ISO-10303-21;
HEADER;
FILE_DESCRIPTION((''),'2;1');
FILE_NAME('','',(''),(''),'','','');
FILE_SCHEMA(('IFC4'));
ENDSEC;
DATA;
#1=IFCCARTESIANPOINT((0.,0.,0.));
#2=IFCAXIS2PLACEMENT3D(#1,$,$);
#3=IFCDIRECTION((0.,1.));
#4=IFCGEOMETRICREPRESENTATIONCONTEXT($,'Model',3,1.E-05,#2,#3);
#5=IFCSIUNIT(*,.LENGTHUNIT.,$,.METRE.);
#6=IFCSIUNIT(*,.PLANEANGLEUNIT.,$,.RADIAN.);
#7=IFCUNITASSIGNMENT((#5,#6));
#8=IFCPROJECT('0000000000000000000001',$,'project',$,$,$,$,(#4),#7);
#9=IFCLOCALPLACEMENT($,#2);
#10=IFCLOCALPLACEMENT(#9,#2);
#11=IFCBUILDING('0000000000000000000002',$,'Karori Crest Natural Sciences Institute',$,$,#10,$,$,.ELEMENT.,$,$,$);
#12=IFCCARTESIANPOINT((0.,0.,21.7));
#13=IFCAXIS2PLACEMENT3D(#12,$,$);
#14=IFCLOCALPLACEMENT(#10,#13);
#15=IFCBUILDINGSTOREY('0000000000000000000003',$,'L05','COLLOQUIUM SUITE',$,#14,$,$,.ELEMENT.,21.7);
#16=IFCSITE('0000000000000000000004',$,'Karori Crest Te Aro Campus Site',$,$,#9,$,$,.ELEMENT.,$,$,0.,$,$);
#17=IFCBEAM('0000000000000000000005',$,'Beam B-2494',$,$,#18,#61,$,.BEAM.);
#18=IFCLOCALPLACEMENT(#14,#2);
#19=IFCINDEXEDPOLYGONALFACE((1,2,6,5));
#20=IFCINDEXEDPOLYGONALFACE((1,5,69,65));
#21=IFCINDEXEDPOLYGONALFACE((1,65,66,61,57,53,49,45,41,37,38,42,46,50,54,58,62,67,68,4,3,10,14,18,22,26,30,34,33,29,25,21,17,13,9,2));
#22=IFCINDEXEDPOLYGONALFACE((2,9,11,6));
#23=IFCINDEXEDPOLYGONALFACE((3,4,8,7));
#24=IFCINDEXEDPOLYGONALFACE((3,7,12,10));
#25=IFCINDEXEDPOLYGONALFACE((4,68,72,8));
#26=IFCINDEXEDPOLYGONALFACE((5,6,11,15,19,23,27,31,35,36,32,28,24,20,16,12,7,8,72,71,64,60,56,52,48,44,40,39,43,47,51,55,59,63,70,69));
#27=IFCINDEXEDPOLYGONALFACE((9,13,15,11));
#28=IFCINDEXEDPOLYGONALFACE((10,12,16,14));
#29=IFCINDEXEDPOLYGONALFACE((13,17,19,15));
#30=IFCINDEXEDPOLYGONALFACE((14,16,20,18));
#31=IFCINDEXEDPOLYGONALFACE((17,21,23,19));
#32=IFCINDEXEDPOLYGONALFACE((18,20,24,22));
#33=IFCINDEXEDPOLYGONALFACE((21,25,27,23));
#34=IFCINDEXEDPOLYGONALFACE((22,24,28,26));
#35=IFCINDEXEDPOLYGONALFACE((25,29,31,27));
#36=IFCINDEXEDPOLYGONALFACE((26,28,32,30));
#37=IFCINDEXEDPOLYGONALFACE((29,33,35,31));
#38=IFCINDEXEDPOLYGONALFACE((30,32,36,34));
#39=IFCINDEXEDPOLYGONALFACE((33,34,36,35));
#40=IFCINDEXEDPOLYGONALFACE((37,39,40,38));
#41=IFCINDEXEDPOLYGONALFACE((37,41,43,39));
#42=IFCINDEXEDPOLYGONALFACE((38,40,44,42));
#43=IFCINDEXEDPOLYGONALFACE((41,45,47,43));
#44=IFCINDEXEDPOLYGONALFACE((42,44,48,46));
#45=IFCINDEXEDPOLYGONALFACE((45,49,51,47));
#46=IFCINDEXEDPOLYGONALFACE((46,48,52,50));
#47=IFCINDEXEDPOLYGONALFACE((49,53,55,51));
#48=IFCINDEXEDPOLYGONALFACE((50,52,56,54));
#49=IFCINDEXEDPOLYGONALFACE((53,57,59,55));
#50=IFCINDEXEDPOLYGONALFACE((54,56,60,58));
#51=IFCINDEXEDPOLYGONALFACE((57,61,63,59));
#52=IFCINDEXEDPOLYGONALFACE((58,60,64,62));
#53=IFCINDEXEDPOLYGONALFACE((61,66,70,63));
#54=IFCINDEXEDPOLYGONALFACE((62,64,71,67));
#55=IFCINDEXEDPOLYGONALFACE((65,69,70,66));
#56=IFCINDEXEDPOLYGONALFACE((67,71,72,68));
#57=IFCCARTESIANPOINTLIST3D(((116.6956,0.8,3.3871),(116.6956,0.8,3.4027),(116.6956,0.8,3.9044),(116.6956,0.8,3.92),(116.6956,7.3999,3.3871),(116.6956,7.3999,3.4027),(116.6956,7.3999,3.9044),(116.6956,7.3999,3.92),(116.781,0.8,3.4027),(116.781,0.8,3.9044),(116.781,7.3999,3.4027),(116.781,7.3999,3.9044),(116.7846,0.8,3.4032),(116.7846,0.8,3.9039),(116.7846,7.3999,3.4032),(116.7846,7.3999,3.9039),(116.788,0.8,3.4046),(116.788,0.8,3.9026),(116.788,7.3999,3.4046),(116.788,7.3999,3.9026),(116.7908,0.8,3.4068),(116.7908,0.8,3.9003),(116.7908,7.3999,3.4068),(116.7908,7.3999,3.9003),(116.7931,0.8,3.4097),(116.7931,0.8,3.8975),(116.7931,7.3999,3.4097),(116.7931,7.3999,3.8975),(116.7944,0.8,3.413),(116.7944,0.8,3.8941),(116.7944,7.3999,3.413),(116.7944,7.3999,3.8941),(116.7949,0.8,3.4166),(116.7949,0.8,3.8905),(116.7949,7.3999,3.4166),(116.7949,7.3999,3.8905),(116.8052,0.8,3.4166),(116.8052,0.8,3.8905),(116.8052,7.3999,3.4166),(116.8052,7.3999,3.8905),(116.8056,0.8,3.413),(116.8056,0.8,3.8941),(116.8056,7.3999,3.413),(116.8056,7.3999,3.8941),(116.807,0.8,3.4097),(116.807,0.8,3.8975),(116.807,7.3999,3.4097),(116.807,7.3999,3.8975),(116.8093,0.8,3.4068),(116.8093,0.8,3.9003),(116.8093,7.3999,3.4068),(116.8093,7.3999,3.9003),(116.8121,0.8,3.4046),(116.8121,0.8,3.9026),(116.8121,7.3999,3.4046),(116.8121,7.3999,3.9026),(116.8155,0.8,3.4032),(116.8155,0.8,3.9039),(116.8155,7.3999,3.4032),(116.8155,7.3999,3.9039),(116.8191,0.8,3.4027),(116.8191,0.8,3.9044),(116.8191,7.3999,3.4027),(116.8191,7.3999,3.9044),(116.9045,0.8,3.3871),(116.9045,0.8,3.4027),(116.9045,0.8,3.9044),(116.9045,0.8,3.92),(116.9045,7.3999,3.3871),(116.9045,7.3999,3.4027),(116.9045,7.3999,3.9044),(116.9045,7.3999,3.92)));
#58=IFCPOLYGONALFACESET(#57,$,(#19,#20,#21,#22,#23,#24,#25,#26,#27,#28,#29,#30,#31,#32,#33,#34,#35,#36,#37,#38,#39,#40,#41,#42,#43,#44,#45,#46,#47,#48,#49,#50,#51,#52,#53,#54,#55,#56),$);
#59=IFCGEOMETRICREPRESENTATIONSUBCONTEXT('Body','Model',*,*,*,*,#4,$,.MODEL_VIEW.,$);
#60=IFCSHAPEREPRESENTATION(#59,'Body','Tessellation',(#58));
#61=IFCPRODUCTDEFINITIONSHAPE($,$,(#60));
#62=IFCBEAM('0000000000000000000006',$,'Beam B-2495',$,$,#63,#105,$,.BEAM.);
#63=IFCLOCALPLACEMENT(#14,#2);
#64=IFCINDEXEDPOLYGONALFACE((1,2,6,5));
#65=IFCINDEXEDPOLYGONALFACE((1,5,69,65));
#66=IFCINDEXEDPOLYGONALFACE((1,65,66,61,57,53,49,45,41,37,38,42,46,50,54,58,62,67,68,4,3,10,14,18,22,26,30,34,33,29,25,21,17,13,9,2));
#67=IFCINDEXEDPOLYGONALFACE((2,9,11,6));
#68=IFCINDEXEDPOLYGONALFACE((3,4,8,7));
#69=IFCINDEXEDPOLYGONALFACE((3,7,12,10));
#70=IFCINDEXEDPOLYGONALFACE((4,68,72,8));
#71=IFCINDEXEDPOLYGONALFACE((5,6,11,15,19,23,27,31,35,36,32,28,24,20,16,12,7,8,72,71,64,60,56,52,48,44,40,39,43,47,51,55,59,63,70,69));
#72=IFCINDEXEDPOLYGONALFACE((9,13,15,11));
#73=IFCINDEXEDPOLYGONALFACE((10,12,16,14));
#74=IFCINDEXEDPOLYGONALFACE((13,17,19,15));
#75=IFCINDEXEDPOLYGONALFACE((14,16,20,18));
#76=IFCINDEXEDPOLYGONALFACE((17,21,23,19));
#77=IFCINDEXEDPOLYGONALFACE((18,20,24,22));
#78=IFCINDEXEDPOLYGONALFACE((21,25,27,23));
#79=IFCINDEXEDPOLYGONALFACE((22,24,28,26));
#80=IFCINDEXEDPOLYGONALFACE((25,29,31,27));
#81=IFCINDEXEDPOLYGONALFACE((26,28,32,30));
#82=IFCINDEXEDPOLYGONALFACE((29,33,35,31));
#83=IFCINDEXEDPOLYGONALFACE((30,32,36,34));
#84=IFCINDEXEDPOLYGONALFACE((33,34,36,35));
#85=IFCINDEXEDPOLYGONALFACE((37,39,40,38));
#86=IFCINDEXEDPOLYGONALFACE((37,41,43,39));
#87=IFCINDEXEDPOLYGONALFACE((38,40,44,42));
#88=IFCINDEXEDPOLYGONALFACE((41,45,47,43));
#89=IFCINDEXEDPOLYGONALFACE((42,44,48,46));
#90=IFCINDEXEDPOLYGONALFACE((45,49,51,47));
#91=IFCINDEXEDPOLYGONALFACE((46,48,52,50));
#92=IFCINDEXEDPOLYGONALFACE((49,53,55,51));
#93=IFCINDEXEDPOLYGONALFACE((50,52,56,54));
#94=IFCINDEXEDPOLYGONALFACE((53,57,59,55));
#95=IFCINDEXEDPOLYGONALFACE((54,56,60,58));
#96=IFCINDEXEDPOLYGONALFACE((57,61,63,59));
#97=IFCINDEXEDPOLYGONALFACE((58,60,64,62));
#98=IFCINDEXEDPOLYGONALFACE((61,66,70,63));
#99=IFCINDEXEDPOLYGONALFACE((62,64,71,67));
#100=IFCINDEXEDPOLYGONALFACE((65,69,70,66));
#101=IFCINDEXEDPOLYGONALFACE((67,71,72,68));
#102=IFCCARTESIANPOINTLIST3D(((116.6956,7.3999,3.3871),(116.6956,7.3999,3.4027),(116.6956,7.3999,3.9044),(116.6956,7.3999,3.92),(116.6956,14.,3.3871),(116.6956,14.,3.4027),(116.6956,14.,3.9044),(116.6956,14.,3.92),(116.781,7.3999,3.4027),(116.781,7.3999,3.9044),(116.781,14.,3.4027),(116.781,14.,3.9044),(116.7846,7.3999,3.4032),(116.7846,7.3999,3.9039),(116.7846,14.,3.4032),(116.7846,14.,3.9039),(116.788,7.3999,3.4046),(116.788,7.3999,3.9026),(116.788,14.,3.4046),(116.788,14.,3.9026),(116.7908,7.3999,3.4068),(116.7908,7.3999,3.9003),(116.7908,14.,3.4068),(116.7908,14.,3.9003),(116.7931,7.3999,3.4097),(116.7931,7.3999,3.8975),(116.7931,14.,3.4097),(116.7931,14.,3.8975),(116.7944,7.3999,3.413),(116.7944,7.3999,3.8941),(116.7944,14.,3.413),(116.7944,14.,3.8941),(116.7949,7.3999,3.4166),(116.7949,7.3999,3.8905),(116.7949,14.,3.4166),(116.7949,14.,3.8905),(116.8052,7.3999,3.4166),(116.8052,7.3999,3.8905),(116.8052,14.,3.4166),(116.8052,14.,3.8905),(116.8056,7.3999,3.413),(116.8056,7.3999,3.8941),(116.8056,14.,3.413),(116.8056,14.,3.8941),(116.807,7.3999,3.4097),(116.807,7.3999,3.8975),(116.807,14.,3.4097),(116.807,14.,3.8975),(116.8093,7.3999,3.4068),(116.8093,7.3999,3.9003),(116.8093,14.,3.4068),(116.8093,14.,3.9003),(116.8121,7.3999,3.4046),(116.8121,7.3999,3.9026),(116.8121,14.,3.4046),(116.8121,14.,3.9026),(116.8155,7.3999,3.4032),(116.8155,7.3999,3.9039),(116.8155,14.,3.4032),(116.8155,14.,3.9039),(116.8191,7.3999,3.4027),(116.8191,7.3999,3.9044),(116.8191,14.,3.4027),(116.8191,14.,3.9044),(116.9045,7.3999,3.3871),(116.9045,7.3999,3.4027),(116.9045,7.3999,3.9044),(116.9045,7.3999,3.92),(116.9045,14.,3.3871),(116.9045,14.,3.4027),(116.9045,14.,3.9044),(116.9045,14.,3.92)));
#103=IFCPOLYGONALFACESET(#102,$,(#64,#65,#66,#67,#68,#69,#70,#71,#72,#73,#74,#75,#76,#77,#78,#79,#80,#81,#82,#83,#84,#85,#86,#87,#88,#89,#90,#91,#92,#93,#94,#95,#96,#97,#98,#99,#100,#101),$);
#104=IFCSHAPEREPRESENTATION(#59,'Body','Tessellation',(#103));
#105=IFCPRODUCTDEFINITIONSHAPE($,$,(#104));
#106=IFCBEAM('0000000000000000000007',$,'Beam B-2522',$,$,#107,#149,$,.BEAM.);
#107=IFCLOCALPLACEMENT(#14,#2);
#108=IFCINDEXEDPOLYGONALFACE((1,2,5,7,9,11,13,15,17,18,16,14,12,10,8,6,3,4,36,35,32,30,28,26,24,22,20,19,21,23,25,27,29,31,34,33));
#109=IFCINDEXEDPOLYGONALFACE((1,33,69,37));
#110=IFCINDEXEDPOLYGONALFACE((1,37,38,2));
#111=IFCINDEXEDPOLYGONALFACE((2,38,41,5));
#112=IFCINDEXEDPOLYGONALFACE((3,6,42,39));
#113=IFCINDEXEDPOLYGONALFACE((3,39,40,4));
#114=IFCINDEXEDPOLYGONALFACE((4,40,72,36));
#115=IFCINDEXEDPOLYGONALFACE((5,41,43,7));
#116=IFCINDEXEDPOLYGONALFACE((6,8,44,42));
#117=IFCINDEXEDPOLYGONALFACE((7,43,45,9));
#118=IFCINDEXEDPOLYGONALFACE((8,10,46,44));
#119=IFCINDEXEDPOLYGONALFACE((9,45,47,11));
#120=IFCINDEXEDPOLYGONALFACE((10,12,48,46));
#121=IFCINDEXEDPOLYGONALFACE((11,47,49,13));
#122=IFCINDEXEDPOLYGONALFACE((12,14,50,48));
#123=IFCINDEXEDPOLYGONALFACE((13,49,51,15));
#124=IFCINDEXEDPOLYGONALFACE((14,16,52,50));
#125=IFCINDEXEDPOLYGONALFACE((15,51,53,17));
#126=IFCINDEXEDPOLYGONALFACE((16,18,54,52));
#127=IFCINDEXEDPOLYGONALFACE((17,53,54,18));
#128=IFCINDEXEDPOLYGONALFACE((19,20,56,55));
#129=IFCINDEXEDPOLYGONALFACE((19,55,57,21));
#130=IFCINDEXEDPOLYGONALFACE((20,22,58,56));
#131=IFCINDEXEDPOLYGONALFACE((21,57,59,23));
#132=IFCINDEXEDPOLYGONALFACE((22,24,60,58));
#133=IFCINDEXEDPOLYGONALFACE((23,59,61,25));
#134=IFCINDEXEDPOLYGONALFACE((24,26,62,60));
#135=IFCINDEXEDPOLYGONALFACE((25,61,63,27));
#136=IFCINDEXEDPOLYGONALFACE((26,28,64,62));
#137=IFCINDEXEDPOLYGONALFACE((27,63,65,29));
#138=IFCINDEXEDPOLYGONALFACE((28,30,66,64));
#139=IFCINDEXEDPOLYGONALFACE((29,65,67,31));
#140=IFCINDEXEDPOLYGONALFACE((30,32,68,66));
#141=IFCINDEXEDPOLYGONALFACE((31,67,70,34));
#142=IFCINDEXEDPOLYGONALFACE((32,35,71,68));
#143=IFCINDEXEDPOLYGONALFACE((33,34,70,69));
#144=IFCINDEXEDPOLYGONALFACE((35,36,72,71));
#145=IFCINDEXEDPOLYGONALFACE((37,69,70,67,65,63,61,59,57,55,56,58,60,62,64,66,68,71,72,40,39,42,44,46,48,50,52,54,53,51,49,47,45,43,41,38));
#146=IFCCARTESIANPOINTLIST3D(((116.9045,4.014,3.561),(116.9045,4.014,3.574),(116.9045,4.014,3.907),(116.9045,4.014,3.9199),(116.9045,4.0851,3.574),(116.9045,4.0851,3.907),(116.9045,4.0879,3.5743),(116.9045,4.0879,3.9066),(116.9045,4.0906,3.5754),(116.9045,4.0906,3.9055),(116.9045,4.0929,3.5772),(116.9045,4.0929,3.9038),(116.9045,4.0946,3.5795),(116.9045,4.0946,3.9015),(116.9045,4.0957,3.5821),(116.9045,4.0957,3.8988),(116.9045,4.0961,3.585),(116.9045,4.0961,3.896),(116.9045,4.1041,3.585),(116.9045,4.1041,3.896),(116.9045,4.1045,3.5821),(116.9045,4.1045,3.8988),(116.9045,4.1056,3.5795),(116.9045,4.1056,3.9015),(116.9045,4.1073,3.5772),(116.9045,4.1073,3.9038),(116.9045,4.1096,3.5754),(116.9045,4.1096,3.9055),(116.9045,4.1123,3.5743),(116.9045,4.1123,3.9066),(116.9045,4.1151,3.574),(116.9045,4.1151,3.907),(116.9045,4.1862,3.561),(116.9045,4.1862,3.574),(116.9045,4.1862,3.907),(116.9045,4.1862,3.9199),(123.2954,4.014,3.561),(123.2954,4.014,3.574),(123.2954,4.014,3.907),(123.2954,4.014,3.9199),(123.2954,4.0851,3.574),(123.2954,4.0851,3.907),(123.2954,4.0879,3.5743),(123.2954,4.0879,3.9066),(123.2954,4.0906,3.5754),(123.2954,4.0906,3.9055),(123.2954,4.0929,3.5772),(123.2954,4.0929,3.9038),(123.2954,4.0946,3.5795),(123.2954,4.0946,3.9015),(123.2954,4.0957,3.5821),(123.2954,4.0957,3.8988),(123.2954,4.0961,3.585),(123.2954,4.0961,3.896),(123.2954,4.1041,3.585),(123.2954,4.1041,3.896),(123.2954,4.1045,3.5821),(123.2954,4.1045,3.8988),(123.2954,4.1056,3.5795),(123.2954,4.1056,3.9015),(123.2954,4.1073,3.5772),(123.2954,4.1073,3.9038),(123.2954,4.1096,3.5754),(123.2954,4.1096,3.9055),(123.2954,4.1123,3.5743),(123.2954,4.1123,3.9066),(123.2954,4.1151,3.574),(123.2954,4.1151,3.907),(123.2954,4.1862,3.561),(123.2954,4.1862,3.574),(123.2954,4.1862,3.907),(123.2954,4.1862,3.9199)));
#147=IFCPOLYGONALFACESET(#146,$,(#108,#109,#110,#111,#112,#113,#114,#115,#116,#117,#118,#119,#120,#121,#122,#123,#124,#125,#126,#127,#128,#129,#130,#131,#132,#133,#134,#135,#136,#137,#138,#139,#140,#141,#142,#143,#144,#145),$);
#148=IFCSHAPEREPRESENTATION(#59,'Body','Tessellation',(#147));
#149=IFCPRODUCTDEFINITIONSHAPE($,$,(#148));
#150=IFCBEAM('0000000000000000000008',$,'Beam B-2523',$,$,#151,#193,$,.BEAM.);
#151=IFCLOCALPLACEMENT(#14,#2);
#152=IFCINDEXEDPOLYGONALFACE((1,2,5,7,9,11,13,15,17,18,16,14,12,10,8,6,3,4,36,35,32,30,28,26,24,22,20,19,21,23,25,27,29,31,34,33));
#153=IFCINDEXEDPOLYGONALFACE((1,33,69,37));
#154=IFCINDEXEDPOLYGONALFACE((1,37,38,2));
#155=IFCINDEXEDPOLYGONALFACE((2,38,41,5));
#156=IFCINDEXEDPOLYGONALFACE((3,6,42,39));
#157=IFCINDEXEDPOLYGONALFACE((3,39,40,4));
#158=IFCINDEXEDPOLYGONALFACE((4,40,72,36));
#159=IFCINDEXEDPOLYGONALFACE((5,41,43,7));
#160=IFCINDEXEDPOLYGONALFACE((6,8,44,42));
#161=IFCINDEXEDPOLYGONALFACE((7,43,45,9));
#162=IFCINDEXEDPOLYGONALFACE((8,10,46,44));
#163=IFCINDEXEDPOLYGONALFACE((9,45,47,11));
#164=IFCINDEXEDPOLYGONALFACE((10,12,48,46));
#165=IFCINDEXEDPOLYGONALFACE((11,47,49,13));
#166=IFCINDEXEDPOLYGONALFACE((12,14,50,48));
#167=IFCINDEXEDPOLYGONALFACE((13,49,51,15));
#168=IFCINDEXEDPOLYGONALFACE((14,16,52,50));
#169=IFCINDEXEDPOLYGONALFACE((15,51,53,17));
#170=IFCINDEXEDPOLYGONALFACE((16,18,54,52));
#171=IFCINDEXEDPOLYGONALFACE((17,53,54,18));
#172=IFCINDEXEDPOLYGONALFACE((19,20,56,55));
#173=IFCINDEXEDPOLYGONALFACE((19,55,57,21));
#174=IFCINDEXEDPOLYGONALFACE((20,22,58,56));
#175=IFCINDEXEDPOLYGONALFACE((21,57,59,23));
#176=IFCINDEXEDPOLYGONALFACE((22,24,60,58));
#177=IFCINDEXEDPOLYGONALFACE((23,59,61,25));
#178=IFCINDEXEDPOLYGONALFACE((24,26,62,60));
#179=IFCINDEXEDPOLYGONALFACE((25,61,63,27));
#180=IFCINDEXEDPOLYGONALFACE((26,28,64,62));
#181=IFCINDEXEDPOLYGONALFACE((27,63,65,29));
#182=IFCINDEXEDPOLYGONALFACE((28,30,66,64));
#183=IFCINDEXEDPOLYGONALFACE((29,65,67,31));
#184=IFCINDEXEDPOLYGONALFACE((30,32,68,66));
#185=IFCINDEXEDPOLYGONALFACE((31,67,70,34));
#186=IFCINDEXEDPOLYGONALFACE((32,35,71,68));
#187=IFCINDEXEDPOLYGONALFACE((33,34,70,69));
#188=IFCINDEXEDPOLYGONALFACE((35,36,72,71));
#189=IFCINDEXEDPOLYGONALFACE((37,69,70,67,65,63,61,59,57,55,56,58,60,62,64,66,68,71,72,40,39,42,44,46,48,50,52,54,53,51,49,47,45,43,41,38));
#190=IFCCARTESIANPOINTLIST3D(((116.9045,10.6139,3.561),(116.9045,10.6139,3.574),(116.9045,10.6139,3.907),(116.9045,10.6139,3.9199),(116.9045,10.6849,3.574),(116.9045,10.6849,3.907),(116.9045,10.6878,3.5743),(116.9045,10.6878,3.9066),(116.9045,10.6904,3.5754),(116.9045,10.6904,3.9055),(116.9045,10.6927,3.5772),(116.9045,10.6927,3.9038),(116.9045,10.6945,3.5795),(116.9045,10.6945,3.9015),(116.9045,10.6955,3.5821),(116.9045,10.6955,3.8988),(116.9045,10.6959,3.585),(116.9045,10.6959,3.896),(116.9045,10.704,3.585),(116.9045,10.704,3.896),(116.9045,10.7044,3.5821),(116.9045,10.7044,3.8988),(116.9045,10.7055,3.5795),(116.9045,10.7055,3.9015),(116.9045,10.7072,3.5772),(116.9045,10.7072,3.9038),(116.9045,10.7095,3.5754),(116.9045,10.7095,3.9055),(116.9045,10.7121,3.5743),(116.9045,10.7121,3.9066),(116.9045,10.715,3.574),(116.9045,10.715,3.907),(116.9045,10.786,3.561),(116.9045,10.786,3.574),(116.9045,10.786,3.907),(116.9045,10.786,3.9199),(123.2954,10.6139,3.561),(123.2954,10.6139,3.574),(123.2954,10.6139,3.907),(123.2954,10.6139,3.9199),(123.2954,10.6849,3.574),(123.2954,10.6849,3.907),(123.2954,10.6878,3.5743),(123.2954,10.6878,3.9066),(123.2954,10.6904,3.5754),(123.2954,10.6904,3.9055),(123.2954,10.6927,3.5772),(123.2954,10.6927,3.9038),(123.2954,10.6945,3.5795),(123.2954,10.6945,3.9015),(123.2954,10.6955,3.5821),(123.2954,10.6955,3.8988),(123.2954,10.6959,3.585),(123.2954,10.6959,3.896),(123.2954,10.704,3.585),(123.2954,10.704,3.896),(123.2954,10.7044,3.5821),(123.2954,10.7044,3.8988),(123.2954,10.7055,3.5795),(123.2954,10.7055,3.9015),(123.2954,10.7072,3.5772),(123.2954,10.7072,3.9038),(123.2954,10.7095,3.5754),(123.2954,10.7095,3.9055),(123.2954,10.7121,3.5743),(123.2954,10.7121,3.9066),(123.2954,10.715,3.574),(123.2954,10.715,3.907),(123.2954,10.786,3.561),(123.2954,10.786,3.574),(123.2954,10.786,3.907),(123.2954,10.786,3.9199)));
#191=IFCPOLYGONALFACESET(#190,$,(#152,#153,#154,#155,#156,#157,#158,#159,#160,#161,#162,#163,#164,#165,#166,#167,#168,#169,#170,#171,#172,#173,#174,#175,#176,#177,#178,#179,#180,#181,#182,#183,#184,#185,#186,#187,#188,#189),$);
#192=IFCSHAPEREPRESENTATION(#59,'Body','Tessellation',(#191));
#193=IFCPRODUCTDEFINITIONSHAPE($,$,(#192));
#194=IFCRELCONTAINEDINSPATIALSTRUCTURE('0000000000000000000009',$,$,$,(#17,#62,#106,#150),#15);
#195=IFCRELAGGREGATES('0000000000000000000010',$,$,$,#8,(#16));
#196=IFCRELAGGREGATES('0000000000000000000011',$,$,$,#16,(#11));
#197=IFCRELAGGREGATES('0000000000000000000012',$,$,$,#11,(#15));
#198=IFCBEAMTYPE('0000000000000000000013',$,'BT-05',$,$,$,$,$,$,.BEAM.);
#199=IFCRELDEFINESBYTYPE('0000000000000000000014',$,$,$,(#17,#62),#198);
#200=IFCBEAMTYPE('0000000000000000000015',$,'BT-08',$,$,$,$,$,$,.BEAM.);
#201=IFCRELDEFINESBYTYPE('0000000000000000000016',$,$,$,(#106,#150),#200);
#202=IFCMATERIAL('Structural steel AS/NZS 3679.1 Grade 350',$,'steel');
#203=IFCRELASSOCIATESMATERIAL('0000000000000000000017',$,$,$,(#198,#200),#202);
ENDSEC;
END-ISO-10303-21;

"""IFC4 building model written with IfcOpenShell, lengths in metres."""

from ifc_helpers import new_model, si_unit, direction, frame, origin, origin_2d, place, context, subcontext, project, spatial, i_section, extrude, material, material_profile, profile_set, type_object, element, save


model = new_model("IFC4")

# Units and contexts
model_context = context("Model", 3, precision=1e-05, world=origin(), true_north=direction((0.0, 1.0)))
body_context = subcontext(model_context, "Body", "Model", "MODEL_VIEW")
ifc_project = project(units=[si_unit("LENGTHUNIT", "METRE"), si_unit("PLANEANGLEUNIT", "RADIAN")], contexts=[model_context])

# Site, building, storey
site_placement = place(None, origin())
site = spatial("IfcSite", under=ifc_project, at=site_placement, Name="Karori Crest Te Aro Campus Site", CompositionType="ELEMENT", RefElevation=0.0)
building_placement = place(site_placement, origin())
building = spatial("IfcBuilding", under=site, at=building_placement, Name="Karori Crest Natural Sciences Institute", CompositionType="ELEMENT")
storey_placement = place(building_placement, frame((0.0, 0.0, 21.7)))
storey = spatial("IfcBuildingStorey", under=building, at=storey_placement, Name="L05", Description="COLLOQUIUM SUITE", CompositionType="ELEMENT", Elevation=21.7)

# Shared definitions
ifc_material_1 = material(Name="Structural steel AS/NZS 3679.1 Grade 350", Category="steel")

# Beams
ifc_material_profile_1 = material_profile(ifc_material_1, i_section(OverallWidth=0.209, OverallDepth=0.533, WebThickness=0.0103, FlangeThickness=0.0156, FilletRadius=0.0139, at=origin_2d()), Name="530UB92.4")
ifc_profile_set_1 = profile_set([ifc_material_profile_1], Name="Structural steel AS/NZS 3679.1 Grade 350")
beam_type_1 = type_object("IfcBeamType", Name="BT-05", PredefinedType="BEAM", material=ifc_profile_set_1)
beam_1_placement = place(storey_placement, frame((116.8, 0.8, 3.6536), z_axis=(0.0, 1.0, 0.0), x_axis=(-1.0, 0.0, 0.0)))
element("IfcBeam", 1, at=beam_1_placement, inside=storey, type_object=beam_type_1, Name="Beam B-2494", PredefinedType="BEAM", context=body_context, shape_type="SweptSolid", body=[
    extrude(i_section(OverallWidth=0.209, OverallDepth=0.533, WebThickness=0.0103, FlangeThickness=0.0156, FilletRadius=0.0139, at=origin_2d()), origin(), (0.0, 0.0, 1.0), 6.5999),
])
beam_2_placement = place(storey_placement, frame((116.8, 7.3999, 3.6536), z_axis=(0.0, 1.0, 0.0), x_axis=(-1.0, 0.0, 0.0)))
element("IfcBeam", 2, at=beam_2_placement, inside=storey, type_object=beam_type_1, Name="Beam B-2495", PredefinedType="BEAM", context=body_context, shape_type="SweptSolid", body=[
    extrude(i_section(OverallWidth=0.209, OverallDepth=0.533, WebThickness=0.0103, FlangeThickness=0.0156, FilletRadius=0.0139, at=origin_2d()), origin(), (0.0, 0.0, 1.0), 6.6001),
])
ifc_material_profile_2 = material_profile(ifc_material_1, i_section(OverallWidth=0.1721, OverallDepth=0.3589, WebThickness=0.0081, FlangeThickness=0.0129, FilletRadius=0.011, at=origin_2d()), Name="360UB56.7")
ifc_profile_set_2 = profile_set([ifc_material_profile_2], Name="Structural steel AS/NZS 3679.1 Grade 350")
beam_type_2 = type_object("IfcBeamType", Name="BT-08", PredefinedType="BEAM", material=ifc_profile_set_2)
for number, where, z_axis, x_axis, name in (
    (3, (116.9045, 4.1001, 3.7405), (1.0, 0.0, 0.0), (0.0, 1.0, 0.0), "Beam B-2522"),
    (4, (116.9045, 10.7, 3.7405), (1.0, 0.0, 0.0), (0.0, 1.0, 0.0), "Beam B-2523"),
):
    element("IfcBeam", number, at=place(storey_placement, frame(where, z_axis=z_axis, x_axis=x_axis)), inside=storey, type_object=beam_type_2, Name=name, PredefinedType="BEAM", context=body_context, shape_type="SweptSolid", body=[
        extrude(i_section(OverallWidth=0.1721, OverallDepth=0.3589, WebThickness=0.0081, FlangeThickness=0.0129, FilletRadius=0.011, at=origin_2d()), origin(), (0.0, 0.0, 1.0), 6.3909),
    ])

save(model, "model.ifc")
